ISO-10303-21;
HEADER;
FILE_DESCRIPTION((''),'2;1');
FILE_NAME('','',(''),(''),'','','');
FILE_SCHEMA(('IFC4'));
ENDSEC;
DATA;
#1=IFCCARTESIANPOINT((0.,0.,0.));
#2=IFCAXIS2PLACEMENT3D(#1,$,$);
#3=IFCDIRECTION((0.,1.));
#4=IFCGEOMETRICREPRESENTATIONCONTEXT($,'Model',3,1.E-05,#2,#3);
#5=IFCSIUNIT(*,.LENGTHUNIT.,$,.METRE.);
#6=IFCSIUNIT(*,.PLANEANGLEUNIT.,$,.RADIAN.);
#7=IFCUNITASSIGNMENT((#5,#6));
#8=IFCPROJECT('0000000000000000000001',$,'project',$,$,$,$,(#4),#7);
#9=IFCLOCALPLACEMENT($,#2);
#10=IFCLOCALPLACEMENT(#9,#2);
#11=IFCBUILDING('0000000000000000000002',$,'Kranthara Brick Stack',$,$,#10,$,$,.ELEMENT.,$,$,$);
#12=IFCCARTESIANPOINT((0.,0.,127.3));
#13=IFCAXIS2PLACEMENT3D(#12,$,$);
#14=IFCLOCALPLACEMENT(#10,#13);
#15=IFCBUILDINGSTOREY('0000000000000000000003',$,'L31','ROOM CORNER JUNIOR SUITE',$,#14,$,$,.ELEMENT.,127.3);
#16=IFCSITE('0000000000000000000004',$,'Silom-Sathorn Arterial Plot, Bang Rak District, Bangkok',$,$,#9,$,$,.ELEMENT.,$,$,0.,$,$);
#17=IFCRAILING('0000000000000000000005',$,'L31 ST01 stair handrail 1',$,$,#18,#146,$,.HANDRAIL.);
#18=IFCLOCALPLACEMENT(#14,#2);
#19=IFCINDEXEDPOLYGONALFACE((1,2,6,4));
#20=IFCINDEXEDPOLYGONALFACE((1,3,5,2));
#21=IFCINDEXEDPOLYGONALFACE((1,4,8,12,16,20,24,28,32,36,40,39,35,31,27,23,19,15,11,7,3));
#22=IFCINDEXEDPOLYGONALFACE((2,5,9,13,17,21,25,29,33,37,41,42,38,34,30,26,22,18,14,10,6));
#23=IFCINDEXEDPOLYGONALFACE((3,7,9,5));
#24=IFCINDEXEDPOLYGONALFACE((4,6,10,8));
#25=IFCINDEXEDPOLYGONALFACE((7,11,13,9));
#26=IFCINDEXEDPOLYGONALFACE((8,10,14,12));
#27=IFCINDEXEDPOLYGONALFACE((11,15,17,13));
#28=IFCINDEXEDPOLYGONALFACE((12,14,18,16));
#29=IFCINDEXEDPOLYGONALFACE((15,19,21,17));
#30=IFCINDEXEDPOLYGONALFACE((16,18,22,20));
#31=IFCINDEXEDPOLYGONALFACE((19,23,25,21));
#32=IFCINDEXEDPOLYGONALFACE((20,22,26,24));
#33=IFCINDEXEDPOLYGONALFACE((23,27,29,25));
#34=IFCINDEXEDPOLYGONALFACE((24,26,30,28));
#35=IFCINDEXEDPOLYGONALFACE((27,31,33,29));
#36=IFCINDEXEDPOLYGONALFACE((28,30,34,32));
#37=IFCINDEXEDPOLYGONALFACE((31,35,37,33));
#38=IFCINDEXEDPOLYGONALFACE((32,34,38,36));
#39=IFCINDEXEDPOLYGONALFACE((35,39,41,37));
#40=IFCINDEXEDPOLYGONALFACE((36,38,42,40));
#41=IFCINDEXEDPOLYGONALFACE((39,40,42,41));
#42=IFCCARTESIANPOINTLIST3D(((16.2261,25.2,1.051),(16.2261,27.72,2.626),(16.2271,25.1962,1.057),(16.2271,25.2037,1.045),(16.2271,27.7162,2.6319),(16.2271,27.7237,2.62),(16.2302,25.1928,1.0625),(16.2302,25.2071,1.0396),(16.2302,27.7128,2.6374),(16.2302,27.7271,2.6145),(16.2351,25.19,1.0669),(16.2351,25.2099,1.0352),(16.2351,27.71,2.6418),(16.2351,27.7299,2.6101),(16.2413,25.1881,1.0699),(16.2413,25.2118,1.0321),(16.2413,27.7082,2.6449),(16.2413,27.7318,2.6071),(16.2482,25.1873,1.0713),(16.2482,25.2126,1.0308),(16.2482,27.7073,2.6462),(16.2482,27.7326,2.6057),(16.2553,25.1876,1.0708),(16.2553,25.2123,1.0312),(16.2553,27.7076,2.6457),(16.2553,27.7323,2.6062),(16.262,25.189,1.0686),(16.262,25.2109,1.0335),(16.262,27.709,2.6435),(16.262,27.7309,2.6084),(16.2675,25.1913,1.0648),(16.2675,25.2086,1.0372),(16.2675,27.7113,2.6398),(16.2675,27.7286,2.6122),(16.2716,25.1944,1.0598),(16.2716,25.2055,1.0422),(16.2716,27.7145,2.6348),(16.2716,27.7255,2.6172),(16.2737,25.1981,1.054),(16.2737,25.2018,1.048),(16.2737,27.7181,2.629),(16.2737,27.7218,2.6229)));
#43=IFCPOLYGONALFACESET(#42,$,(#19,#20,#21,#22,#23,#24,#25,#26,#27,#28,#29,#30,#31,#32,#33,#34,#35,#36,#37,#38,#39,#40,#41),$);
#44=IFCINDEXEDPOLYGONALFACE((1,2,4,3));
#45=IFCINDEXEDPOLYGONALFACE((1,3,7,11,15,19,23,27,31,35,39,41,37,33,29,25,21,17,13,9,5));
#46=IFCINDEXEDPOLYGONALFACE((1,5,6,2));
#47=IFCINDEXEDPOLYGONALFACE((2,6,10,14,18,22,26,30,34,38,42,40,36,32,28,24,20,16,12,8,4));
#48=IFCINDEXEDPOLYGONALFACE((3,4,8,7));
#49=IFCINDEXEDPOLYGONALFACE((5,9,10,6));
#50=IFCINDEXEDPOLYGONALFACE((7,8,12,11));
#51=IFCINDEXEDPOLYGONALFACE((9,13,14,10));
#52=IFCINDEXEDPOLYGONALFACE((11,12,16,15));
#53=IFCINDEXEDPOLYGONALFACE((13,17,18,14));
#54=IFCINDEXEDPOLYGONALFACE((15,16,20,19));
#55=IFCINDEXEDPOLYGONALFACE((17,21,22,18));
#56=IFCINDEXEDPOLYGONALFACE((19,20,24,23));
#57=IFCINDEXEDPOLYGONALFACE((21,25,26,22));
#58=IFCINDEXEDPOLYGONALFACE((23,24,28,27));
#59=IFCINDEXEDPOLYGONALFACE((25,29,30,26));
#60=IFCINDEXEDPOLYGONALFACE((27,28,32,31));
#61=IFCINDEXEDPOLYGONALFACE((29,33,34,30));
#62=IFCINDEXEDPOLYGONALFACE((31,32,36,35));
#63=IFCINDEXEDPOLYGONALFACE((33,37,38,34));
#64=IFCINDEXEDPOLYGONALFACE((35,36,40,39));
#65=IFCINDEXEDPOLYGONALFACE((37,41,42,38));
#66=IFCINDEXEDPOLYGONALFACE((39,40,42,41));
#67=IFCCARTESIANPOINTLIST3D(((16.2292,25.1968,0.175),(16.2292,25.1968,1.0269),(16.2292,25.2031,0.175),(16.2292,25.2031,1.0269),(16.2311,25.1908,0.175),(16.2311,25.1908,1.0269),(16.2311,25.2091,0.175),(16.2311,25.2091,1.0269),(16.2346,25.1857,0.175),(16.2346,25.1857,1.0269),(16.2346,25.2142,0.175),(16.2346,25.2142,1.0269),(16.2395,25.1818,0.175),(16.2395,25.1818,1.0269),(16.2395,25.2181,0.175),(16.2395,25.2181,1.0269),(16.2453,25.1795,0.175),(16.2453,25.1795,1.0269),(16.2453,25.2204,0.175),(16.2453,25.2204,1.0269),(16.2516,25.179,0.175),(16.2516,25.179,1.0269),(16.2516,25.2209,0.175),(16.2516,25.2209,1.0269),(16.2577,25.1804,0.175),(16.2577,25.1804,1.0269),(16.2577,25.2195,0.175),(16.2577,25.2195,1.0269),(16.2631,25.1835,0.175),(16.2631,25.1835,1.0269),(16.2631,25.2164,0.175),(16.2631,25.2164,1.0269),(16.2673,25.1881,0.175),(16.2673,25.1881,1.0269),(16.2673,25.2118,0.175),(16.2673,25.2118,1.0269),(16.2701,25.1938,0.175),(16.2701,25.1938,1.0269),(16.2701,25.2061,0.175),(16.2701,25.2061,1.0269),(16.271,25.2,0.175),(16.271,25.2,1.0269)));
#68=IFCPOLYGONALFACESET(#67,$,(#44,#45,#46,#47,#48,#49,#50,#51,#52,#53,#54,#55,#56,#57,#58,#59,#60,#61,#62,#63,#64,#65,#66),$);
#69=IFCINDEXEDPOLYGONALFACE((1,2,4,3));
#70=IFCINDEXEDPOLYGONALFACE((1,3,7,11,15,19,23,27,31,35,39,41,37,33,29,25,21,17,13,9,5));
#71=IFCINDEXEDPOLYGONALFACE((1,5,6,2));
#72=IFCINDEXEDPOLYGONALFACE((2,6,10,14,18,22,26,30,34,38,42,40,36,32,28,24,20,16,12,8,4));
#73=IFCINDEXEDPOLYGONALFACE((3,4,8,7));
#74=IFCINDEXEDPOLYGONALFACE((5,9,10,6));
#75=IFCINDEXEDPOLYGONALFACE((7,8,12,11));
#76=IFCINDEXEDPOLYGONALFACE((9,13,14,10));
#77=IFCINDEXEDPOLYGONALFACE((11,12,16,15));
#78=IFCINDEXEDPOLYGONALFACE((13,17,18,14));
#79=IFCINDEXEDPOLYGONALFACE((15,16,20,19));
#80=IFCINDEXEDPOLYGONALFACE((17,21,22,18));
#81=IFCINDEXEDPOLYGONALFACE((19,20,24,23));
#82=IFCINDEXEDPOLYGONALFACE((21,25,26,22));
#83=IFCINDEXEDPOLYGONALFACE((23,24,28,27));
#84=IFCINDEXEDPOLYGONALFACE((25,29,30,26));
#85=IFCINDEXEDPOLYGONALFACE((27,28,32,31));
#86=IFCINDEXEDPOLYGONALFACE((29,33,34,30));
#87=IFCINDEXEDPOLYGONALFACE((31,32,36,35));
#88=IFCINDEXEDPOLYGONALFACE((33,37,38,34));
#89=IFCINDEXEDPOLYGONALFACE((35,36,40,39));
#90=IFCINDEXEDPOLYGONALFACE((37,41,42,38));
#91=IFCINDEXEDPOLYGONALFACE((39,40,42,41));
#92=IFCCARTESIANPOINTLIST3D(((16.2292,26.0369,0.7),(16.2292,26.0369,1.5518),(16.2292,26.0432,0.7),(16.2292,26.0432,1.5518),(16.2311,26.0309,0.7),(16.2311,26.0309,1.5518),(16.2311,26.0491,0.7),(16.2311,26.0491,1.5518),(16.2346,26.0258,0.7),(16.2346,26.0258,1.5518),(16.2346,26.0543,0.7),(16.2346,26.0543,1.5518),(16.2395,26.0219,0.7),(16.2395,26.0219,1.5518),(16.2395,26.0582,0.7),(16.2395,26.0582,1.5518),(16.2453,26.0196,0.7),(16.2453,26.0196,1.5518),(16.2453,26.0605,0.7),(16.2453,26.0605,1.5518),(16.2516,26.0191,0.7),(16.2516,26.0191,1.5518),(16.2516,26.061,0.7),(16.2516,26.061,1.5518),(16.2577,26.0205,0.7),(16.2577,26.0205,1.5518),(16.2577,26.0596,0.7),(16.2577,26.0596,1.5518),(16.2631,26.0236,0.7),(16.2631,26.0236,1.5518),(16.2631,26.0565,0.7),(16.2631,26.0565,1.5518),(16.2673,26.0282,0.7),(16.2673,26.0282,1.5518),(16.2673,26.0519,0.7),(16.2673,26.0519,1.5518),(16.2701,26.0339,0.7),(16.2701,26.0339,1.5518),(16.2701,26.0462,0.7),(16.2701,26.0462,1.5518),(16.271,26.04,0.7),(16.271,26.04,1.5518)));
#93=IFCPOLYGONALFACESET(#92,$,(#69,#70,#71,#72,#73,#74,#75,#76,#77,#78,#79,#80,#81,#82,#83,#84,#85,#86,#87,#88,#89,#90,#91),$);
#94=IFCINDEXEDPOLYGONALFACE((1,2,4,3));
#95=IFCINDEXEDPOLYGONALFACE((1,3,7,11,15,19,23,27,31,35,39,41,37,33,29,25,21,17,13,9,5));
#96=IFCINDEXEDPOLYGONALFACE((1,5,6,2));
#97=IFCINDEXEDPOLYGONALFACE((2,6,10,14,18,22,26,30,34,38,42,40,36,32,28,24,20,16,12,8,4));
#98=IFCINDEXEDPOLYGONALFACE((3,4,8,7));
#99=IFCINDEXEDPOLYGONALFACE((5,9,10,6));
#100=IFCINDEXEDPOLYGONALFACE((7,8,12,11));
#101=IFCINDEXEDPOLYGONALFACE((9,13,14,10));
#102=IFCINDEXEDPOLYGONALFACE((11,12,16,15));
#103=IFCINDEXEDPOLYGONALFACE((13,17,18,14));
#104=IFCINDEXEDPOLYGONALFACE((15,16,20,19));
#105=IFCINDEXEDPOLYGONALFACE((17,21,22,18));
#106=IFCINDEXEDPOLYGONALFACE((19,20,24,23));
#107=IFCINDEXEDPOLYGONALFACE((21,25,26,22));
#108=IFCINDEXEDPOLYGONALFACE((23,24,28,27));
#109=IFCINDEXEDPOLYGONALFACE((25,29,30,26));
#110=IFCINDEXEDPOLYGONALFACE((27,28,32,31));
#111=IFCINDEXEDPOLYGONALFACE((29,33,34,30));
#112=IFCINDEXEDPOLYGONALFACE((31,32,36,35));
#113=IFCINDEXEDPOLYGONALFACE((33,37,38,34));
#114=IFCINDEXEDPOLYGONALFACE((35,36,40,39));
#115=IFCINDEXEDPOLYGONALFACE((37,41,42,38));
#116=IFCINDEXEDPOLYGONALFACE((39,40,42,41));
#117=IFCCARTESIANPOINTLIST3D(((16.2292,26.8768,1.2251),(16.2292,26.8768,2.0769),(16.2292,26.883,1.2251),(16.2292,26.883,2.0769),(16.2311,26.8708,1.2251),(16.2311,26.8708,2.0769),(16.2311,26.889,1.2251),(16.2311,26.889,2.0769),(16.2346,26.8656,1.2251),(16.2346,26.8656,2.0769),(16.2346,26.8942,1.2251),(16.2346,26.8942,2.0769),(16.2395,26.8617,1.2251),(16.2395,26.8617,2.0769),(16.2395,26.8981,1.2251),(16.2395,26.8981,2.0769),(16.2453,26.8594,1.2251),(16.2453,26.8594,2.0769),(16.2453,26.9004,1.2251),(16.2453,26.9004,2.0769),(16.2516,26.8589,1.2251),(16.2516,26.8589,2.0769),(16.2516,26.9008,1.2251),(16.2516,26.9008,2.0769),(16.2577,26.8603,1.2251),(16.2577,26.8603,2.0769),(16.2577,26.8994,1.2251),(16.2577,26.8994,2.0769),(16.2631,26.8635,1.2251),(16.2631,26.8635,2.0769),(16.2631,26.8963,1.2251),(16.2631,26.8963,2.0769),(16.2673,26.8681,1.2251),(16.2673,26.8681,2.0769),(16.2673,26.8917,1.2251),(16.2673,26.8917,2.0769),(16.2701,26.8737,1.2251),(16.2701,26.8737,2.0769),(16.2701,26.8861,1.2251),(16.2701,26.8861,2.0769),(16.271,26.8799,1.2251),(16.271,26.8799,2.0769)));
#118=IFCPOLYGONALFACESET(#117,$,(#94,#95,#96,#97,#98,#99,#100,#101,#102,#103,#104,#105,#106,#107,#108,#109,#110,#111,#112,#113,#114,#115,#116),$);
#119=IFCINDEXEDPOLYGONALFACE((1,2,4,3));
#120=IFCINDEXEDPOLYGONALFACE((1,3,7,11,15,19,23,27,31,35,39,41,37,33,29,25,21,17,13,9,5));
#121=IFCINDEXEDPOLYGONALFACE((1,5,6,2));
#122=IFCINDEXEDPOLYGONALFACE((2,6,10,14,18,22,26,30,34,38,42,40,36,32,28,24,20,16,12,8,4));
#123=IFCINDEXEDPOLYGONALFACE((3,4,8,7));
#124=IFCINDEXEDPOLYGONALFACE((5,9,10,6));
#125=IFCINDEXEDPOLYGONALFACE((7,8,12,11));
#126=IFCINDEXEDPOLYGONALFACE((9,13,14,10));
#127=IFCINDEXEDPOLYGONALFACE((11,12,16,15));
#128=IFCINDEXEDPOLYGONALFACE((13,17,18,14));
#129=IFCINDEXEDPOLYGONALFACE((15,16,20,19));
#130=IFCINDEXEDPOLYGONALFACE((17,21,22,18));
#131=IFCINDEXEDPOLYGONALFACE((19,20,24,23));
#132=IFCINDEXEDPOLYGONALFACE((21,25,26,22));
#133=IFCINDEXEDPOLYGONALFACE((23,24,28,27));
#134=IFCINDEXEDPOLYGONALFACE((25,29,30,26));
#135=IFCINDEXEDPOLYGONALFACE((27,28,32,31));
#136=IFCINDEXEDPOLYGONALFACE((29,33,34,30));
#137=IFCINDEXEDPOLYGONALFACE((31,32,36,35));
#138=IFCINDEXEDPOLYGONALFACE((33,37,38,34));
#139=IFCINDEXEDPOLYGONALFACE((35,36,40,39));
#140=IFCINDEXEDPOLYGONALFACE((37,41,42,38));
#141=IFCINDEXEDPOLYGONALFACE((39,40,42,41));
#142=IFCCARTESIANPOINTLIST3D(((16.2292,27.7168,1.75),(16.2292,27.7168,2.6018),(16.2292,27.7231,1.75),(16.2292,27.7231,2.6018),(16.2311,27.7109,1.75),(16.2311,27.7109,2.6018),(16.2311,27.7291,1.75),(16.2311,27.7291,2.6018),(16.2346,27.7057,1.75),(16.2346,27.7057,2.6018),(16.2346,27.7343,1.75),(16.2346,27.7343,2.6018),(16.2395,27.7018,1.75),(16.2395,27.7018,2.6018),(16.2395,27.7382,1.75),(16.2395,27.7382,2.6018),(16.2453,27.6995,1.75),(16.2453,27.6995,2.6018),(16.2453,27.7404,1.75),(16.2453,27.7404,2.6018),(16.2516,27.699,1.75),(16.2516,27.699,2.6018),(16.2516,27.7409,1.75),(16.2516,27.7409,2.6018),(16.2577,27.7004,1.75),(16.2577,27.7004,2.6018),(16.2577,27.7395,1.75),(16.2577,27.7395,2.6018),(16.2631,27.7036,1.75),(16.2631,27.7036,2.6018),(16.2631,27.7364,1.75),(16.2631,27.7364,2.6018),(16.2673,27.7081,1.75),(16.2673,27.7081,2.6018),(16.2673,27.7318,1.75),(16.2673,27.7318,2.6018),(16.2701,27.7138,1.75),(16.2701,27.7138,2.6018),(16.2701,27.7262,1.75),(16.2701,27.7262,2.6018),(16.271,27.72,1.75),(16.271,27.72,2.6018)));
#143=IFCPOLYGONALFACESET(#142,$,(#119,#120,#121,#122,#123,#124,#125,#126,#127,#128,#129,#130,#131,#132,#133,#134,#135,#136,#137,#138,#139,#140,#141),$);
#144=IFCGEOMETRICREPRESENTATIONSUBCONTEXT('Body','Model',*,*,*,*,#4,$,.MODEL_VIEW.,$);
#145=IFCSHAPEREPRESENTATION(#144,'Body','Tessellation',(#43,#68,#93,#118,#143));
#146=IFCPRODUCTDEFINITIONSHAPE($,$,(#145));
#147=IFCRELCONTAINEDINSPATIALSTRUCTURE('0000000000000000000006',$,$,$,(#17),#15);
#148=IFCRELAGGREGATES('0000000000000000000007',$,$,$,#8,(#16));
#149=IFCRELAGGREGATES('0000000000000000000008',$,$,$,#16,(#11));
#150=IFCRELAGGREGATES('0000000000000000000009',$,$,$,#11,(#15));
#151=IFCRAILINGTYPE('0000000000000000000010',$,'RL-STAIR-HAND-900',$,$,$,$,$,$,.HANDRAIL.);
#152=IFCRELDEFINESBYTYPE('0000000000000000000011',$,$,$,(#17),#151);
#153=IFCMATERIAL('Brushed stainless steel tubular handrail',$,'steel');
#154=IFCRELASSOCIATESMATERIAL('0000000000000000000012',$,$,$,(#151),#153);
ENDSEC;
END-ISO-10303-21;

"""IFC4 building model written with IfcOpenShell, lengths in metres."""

from ifc_helpers import new_model, si_unit, direction, frame, origin, origin_2d, place, context, subcontext, project, spatial, circle, extrude, material, type_object, element, save


model = new_model("IFC4")

# Units and contexts
model_context = context("Model", 3, precision=1e-05, world=origin(), true_north=direction((0.0, 1.0)))
body_context = subcontext(model_context, "Body", "Model", "MODEL_VIEW")
ifc_project = project(units=[si_unit("LENGTHUNIT", "METRE"), si_unit("PLANEANGLEUNIT", "RADIAN")], contexts=[model_context])

# Site, building, storey
site_placement = place(None, origin())
site = spatial("IfcSite", under=ifc_project, at=site_placement, Name="Silom-Sathorn Arterial Plot, Bang Rak District, Bangkok", CompositionType="ELEMENT", RefElevation=0.0)
building_placement = place(site_placement, origin())
building = spatial("IfcBuilding", under=site, at=building_placement, Name="Kranthara Brick Stack", CompositionType="ELEMENT")
storey_placement = place(building_placement, frame((0.0, 0.0, 127.3)))
storey = spatial("IfcBuildingStorey", under=building, at=storey_placement, Name="L31", Description="ROOM CORNER JUNIOR SUITE", CompositionType="ELEMENT", Elevation=127.3)

# Railing
ifc_material_1 = material(Name="Brushed stainless steel tubular handrail", Category="steel")
railing_type_1 = type_object("IfcRailingType", Name="RL-STAIR-HAND-900", PredefinedType="HANDRAIL", material=ifc_material_1)
railing_1_placement = place(storey_placement, frame((16.25, 25.2, 0.175)))
element("IfcRailing", 1, at=railing_1_placement, inside=storey, type_object=railing_type_1, Name="L31 ST01 stair handrail 1", PredefinedType="HANDRAIL", context=body_context, shape_type="SweptSolid", body=[
    extrude(circle(Radius=0.0239, at=origin_2d()), frame((0.0, 0.0, 0.876), z_axis=(0.0, 0.848008, 0.529984), x_axis=(-1.0, 0.0, 0.0)), (0.0, 0.0, 1.0), 2.9717),
    extrude(circle(Radius=0.021, at=origin_2d()), origin(), (0.0, 0.0, 1.0), 0.8518),
    extrude(circle(Radius=0.021, at=origin_2d()), frame((0.0, 0.8401, 0.5249)), (0.0, 0.0, 1.0), 0.8518),
    extrude(circle(Radius=0.021, at=origin_2d()), frame((0.0, 1.6799, 1.05)), (0.0, 0.0, 1.0), 0.8518),
    extrude(circle(Radius=0.021, at=origin_2d()), frame((0.0, 2.52, 1.575)), (0.0, 0.0, 1.0), 0.8518),
])

save(model, "model.ifc")
